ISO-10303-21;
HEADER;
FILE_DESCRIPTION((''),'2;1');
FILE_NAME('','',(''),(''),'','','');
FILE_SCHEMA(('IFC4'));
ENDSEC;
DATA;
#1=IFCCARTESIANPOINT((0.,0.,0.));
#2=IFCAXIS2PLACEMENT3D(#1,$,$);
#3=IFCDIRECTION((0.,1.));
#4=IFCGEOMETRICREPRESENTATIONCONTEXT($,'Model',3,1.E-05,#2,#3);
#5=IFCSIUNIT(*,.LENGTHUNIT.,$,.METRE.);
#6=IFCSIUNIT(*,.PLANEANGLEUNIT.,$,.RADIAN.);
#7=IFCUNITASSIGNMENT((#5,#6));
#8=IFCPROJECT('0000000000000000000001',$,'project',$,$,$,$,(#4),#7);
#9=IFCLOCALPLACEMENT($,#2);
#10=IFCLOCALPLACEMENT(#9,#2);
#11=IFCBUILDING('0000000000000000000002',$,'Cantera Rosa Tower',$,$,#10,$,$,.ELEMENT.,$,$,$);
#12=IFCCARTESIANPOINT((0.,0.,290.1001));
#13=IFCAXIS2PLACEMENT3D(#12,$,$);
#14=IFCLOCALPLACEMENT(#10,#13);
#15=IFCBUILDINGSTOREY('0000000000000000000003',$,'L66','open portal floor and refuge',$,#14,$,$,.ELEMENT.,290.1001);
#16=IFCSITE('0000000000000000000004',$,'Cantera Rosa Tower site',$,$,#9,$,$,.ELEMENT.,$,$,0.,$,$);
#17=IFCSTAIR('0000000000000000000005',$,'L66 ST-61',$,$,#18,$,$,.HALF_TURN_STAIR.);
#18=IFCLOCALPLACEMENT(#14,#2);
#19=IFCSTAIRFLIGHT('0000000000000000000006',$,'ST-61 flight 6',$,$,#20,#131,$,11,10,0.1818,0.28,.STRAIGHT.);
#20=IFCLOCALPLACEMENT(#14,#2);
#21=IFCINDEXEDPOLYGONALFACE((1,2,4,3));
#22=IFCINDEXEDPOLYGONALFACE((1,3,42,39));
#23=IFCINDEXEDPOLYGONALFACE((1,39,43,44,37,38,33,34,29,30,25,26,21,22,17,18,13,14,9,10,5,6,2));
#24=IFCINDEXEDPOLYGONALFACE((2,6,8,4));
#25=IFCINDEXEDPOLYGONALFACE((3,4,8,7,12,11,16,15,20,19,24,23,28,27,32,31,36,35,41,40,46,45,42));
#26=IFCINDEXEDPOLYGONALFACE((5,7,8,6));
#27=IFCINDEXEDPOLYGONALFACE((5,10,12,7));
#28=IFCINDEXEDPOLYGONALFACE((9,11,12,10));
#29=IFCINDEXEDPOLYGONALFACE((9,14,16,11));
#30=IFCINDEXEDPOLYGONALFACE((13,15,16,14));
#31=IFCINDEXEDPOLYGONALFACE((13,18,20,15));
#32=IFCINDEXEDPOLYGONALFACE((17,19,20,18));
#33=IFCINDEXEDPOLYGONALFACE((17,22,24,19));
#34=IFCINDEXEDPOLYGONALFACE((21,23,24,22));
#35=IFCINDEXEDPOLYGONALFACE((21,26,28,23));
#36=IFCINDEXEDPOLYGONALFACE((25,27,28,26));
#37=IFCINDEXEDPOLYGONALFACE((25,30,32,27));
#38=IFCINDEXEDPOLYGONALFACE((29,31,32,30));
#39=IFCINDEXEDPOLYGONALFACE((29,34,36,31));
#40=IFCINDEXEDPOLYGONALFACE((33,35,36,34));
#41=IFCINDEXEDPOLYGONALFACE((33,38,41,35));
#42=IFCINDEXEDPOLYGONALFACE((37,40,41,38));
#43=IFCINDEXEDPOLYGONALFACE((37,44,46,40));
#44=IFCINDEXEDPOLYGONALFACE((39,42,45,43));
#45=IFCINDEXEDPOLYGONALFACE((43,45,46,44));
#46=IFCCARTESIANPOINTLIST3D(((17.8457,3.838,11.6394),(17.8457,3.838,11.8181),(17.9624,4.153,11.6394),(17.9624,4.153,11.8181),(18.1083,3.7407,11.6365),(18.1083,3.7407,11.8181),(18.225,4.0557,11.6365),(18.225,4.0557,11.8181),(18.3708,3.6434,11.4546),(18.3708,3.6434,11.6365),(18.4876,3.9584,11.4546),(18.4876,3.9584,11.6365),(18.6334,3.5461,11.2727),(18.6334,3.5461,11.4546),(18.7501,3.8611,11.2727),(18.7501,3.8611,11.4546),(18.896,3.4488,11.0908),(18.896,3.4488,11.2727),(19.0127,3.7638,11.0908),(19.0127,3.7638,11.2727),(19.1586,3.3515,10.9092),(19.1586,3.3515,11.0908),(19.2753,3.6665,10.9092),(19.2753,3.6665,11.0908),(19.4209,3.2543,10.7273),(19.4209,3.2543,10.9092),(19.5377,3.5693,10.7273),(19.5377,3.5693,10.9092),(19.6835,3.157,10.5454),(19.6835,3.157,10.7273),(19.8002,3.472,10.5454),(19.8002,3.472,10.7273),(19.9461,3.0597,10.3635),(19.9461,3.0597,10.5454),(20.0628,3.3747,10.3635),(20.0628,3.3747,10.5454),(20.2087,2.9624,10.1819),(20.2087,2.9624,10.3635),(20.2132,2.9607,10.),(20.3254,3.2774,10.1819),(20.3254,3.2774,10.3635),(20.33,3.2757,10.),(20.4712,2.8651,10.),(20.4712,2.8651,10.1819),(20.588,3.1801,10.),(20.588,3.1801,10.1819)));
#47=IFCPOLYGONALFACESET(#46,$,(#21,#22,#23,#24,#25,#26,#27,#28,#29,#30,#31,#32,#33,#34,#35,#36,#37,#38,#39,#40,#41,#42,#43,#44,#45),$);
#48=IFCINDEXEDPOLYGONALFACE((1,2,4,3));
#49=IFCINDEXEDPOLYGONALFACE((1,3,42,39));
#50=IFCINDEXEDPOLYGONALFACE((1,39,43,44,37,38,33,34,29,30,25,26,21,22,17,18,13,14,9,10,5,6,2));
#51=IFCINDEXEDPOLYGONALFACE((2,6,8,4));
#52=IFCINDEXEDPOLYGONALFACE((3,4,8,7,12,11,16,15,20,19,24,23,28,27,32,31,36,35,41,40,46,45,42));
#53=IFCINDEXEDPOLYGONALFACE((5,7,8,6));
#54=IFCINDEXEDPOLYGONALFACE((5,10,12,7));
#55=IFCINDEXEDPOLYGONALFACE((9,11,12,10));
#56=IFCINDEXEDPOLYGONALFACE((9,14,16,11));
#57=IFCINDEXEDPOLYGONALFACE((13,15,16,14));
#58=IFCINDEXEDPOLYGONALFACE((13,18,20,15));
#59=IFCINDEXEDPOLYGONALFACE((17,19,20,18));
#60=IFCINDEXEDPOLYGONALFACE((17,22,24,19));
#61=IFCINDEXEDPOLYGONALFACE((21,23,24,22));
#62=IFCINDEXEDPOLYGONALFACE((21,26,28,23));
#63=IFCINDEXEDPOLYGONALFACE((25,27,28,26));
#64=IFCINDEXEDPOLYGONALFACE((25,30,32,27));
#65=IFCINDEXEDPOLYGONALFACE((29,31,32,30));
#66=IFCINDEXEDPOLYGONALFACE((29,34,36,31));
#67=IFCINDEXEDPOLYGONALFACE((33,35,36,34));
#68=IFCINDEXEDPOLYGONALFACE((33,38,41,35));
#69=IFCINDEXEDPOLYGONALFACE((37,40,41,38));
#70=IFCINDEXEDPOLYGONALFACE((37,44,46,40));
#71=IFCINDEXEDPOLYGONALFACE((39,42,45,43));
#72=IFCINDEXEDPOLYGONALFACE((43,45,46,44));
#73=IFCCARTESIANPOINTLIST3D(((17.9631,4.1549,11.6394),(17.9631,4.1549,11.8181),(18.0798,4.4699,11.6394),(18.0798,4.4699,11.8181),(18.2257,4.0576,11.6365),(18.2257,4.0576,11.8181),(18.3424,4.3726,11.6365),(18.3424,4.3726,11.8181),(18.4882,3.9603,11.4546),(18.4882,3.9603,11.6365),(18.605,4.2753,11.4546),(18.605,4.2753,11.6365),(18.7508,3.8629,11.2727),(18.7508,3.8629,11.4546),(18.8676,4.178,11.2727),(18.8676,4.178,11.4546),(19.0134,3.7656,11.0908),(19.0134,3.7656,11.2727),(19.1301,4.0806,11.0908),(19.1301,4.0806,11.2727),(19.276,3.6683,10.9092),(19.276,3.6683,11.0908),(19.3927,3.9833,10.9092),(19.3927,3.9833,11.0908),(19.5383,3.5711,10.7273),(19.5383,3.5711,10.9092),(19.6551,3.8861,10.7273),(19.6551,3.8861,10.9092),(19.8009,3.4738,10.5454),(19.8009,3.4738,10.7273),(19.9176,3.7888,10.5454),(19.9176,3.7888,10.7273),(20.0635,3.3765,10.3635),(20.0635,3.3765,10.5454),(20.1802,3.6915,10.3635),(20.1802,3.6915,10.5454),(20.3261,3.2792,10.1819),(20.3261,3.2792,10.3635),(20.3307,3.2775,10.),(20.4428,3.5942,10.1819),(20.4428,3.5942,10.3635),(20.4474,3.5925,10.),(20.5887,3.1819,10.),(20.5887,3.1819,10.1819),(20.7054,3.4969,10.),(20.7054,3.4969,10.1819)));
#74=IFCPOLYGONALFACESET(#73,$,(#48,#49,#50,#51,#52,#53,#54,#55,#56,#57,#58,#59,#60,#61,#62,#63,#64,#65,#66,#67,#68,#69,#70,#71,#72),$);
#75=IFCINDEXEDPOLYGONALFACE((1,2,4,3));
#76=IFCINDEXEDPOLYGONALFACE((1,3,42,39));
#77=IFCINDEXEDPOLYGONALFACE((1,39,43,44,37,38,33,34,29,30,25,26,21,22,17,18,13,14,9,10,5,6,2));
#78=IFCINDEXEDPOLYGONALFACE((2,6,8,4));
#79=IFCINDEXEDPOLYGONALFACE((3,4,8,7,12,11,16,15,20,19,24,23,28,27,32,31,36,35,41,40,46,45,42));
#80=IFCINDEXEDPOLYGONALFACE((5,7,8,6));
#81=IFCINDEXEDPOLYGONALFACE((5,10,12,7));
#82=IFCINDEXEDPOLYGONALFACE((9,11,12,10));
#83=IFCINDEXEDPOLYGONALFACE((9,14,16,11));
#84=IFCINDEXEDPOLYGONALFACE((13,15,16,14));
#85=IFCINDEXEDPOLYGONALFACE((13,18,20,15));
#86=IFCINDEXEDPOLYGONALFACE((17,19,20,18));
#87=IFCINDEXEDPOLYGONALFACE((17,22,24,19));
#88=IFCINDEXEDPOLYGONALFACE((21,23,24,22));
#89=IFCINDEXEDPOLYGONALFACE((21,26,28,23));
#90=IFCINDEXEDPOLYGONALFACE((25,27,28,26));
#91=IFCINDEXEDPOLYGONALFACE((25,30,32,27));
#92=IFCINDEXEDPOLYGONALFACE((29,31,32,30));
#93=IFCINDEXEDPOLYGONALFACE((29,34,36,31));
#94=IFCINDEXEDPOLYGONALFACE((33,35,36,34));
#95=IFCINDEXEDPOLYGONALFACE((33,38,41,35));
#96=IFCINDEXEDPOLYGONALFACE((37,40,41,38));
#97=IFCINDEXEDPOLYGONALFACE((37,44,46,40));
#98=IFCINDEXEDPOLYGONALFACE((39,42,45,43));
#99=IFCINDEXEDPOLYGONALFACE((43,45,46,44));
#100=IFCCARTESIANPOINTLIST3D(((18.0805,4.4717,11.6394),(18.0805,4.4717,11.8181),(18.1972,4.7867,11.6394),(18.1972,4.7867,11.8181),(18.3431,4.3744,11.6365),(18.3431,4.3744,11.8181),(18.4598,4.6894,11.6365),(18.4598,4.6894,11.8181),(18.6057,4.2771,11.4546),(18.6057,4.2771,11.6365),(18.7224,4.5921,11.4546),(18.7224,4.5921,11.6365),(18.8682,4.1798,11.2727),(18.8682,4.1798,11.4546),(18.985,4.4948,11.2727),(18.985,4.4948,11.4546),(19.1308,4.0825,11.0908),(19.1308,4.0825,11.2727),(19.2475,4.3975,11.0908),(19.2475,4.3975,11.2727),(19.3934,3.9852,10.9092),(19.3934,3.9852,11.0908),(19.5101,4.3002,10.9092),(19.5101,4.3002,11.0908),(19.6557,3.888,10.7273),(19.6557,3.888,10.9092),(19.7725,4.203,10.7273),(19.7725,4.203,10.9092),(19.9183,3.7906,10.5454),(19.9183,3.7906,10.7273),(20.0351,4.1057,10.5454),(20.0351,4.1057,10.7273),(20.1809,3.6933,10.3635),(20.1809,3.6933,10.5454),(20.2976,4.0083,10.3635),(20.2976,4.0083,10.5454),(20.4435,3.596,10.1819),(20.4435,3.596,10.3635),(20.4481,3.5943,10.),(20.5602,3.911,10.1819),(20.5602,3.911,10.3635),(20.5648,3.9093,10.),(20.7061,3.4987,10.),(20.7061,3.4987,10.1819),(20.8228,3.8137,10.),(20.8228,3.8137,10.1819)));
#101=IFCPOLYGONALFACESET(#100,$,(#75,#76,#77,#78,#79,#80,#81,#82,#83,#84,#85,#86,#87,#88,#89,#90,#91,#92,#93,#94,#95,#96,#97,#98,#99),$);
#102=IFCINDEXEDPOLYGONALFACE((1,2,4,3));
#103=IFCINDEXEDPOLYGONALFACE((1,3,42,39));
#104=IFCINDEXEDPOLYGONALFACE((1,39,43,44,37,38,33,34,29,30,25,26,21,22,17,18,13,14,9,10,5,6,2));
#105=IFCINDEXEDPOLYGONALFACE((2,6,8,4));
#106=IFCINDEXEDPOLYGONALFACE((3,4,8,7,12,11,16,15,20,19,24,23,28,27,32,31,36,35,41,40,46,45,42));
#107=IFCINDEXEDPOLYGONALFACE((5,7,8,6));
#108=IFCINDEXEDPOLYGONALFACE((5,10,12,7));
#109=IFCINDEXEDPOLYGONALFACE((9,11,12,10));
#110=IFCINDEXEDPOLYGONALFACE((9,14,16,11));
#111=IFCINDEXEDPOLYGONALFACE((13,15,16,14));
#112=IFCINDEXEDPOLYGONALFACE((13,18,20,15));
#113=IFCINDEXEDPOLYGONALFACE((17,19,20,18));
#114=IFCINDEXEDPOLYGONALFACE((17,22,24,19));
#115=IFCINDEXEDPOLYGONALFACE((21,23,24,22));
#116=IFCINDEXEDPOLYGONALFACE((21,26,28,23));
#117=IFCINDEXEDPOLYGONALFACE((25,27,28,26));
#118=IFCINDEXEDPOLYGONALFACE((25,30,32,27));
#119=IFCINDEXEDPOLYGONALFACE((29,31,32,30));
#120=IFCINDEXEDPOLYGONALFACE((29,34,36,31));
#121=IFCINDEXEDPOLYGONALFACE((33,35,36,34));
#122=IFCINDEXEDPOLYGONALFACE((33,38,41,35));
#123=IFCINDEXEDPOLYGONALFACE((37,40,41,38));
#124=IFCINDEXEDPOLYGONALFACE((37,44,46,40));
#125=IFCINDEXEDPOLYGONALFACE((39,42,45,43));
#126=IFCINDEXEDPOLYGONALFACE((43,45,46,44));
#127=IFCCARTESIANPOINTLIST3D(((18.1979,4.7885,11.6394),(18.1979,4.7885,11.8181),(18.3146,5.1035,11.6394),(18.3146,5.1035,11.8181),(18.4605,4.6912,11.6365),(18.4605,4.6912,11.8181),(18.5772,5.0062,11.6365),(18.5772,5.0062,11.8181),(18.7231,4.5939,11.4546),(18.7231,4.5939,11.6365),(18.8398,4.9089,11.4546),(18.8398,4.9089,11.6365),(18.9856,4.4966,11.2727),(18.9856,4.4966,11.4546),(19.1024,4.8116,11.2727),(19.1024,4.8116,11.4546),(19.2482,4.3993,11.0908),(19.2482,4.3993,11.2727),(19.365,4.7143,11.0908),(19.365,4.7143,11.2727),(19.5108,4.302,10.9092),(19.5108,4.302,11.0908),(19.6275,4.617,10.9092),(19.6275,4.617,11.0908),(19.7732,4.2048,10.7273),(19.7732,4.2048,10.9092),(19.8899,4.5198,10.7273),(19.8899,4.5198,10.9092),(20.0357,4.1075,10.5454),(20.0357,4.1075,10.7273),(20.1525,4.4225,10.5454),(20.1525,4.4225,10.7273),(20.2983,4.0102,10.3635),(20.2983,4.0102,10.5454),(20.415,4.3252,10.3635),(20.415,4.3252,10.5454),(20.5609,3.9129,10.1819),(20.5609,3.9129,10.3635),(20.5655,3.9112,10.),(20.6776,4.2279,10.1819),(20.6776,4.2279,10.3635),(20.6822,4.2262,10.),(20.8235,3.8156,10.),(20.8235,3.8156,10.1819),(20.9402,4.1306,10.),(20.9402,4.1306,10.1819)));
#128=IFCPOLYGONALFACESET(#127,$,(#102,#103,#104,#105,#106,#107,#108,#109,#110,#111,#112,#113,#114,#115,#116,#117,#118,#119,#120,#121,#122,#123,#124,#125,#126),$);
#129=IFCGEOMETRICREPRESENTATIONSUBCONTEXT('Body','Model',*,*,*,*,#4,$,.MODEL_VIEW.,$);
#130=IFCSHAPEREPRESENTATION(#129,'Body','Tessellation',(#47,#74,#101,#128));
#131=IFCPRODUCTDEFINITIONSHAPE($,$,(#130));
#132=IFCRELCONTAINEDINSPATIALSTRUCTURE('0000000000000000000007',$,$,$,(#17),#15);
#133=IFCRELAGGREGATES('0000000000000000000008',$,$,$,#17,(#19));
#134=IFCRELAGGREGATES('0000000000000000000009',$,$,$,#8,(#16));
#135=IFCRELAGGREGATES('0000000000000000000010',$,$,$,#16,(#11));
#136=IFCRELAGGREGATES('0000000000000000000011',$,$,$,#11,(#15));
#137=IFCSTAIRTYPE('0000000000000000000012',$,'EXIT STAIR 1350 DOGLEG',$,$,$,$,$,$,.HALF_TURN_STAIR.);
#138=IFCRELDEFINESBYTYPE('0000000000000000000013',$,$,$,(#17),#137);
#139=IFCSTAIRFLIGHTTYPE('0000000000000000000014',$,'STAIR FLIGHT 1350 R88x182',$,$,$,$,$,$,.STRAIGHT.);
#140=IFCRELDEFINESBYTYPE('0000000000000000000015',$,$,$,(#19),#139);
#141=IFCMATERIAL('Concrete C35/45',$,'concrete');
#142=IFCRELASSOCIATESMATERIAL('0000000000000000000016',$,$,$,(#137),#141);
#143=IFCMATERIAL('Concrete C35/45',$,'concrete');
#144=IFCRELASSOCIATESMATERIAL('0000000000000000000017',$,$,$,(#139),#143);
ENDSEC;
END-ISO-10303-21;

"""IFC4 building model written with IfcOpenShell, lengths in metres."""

from ifc_helpers import new_model, si_unit, direction, frame, origin, place, context, subcontext, project, spatial, polyline, outline, extrude, material, type_object, element, aggregate, save


model = new_model("IFC4")

# Units and contexts
model_context = context("Model", 3, precision=1e-05, world=origin(), true_north=direction((0.0, 1.0)))
body_context = subcontext(model_context, "Body", "Model", "MODEL_VIEW")
ifc_project = project(units=[si_unit("LENGTHUNIT", "METRE"), si_unit("PLANEANGLEUNIT", "RADIAN")], contexts=[model_context])

# Site, building, storey
site_placement = place(None, origin())
site = spatial("IfcSite", under=ifc_project, at=site_placement, Name="Cantera Rosa Tower site", CompositionType="ELEMENT", RefElevation=0.0)
building_placement = place(site_placement, origin())
building = spatial("IfcBuilding", under=site, at=building_placement, Name="Cantera Rosa Tower", CompositionType="ELEMENT")
storey_placement = place(building_placement, frame((0.0, 0.0, 290.1001)))
storey = spatial("IfcBuildingStorey", under=building, at=storey_placement, Name="L66", Description="open portal floor and refuge", CompositionType="ELEMENT", Elevation=290.1001)

# Stair, stair flight
ifc_material_1 = material(Name="Concrete C35/45", Category="concrete")
stair_type = type_object("IfcStairType", Name="EXIT STAIR 1350 DOGLEG", PredefinedType="HALF_TURN_STAIR", material=ifc_material_1)
stair_placement = place(storey_placement, origin())
stair = element("IfcStair", 1, at=stair_placement, inside=storey, type_object=stair_type, Name="L66 ST-61", PredefinedType="HALF_TURN_STAIR")
ifc_material_2 = material(Name="Concrete C35/45", Category="concrete")
stair_flight_type = type_object("IfcStairFlightType", Name="STAIR FLIGHT 1350 R88x182", PredefinedType="STRAIGHT", material=ifc_material_2)
stair_flight_1_placement = place(storey_placement, frame((20.7058, 3.498, 10.0), z_axis=(0.0, 0.0, 1.0), x_axis=(-0.937687, 0.347481, 0.0)))
stair_flight_1 = element("IfcStairFlight", 2, at=stair_flight_1_placement, type_object=stair_flight_type, Name="ST-61 flight 6", NumberOfRisers=11, NumberOfTreads=10, PredefinedType="STRAIGHT", RiserHeight=0.1818, TreadLength=0.28, context=body_context, shape_type="SweptSolid", body=[
    extrude(outline(polyline([(0.0, 0.0), (0.0, 0.1819), (0.28, 0.1819), (0.28, 0.3635), (0.5601, 0.3635), (0.5601, 0.5454), (0.8401, 0.5454), (0.8401, 0.7273), (1.1201, 0.7273), (1.1201, 0.9092), (1.3999, 0.9092), (1.3999, 1.0908), (1.6799, 1.0908), (1.6799, 1.2727), (1.96, 1.2727), (1.96, 1.4546), (2.24, 1.4546), (2.24, 1.6365), (2.52, 1.6365), (2.52, 1.8181), (2.8, 1.8181), (2.8, 2.0), (2.8, 1.6394), (0.2751, 0.0), (0.0, 0.0)])), frame((0.0, 0.675, 0.0), z_axis=(0.0, -1.0, 0.0), x_axis=(1.0, 0.0, 0.0)), (0.0, 0.0, 1.0), 0.3359),
    extrude(outline(polyline([(0.0, 0.0), (0.0, 0.1819), (0.28, 0.1819), (0.28, 0.3635), (0.5601, 0.3635), (0.5601, 0.5454), (0.8401, 0.5454), (0.8401, 0.7273), (1.1201, 0.7273), (1.1201, 0.9092), (1.3999, 0.9092), (1.3999, 1.0908), (1.6799, 1.0908), (1.6799, 1.2727), (1.96, 1.2727), (1.96, 1.4546), (2.24, 1.4546), (2.24, 1.6365), (2.52, 1.6365), (2.52, 1.8181), (2.8, 1.8181), (2.8, 2.0), (2.8, 1.6394), (0.2751, 0.0), (0.0, 0.0)])), frame((0.0, 0.3372, 0.0), z_axis=(0.0, -1.0, 0.0), x_axis=(1.0, 0.0, 0.0)), (0.0, 0.0, 1.0), 0.3359),
    extrude(outline(polyline([(0.0, 0.0), (0.0, 0.1819), (0.28, 0.1819), (0.28, 0.3635), (0.5601, 0.3635), (0.5601, 0.5454), (0.8401, 0.5454), (0.8401, 0.7273), (1.1201, 0.7273), (1.1201, 0.9092), (1.3999, 0.9092), (1.3999, 1.0908), (1.6799, 1.0908), (1.6799, 1.2727), (1.96, 1.2727), (1.96, 1.4546), (2.24, 1.4546), (2.24, 1.6365), (2.52, 1.6365), (2.52, 1.8181), (2.8, 1.8181), (2.8, 2.0), (2.8, 1.6394), (0.2751, 0.0), (0.0, 0.0)])), frame((0.0, -0.0007, 0.0), z_axis=(0.0, -1.0, 0.0), x_axis=(1.0, 0.0, 0.0)), (0.0, 0.0, 1.0), 0.3359),
    extrude(outline(polyline([(0.0, 0.0), (0.0, 0.1819), (0.28, 0.1819), (0.28, 0.3635), (0.5601, 0.3635), (0.5601, 0.5454), (0.8401, 0.5454), (0.8401, 0.7273), (1.1201, 0.7273), (1.1201, 0.9092), (1.3999, 0.9092), (1.3999, 1.0908), (1.6799, 1.0908), (1.6799, 1.2727), (1.96, 1.2727), (1.96, 1.4546), (2.24, 1.4546), (2.24, 1.6365), (2.52, 1.6365), (2.52, 1.8181), (2.8, 1.8181), (2.8, 2.0), (2.8, 1.6394), (0.2751, 0.0), (0.0, 0.0)])), frame((0.0, -0.3386, 0.0), z_axis=(0.0, -1.0, 0.0), x_axis=(1.0, 0.0, 0.0)), (0.0, 0.0, 1.0), 0.3359),
])
aggregate(stair, [stair_flight_1])

save(model, "model.ifc")
